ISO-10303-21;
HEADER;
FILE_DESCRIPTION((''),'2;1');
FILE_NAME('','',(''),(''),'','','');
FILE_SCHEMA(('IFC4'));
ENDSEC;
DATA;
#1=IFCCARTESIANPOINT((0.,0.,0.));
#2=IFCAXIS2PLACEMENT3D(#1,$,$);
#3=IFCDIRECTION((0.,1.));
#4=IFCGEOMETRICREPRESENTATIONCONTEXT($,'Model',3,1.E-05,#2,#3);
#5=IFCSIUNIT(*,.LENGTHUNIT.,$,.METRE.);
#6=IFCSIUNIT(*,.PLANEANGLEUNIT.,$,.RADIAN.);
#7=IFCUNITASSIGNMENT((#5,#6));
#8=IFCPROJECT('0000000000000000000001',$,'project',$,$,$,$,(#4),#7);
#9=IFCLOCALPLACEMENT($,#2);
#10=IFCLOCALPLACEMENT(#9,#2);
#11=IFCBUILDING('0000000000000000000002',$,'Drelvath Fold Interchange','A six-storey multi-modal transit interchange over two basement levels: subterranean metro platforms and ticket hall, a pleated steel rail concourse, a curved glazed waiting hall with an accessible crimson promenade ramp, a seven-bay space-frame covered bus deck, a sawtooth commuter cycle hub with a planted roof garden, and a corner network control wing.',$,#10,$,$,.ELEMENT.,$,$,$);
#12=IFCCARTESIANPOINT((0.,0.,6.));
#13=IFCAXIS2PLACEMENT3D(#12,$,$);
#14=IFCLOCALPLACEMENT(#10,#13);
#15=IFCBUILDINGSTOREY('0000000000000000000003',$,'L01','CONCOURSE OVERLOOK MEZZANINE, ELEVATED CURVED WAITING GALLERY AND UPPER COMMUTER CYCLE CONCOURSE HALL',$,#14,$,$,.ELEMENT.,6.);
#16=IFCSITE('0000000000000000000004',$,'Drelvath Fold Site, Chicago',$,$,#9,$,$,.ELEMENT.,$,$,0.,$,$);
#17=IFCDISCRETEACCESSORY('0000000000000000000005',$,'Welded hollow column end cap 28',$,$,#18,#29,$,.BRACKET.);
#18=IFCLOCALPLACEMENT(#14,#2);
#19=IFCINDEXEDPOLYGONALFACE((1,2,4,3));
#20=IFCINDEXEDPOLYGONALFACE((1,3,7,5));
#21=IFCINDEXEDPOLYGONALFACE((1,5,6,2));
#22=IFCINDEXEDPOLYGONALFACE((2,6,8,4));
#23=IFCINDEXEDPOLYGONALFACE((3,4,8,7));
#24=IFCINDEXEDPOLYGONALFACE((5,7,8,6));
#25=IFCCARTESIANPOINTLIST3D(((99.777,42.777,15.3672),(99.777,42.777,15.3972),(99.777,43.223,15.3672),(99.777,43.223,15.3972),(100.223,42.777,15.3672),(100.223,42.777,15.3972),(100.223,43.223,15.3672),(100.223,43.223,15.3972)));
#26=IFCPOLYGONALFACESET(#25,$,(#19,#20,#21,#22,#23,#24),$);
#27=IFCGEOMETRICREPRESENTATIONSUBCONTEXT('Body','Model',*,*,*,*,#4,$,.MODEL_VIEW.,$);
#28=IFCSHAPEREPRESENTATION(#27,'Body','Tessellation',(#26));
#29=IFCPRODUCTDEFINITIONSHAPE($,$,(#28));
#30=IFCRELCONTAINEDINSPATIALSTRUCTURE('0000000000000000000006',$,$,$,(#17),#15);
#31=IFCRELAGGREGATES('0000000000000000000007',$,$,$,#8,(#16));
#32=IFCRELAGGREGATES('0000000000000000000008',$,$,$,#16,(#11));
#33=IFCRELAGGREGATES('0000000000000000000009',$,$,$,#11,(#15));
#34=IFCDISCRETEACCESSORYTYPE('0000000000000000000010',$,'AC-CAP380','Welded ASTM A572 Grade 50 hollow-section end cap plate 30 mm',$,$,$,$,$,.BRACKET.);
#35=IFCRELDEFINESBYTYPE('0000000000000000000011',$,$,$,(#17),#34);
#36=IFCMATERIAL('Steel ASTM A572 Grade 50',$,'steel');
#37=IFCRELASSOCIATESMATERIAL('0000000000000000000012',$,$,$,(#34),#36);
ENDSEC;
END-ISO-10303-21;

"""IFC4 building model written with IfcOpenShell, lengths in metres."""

from ifc_helpers import new_model, si_unit, direction, frame, origin, origin_2d, place, context, subcontext, project, spatial, rectangle, extrude, material, type_object, element, save


model = new_model("IFC4")

# Units and contexts
model_context = context("Model", 3, precision=1e-05, world=origin(), true_north=direction((0.0, 1.0)))
body_context = subcontext(model_context, "Body", "Model", "MODEL_VIEW")
ifc_project = project(units=[si_unit("LENGTHUNIT", "METRE"), si_unit("PLANEANGLEUNIT", "RADIAN")], contexts=[model_context])

# Site, building, storey
site_placement = place(None, origin())
site = spatial("IfcSite", under=ifc_project, at=site_placement, Name="Drelvath Fold Site, Chicago", CompositionType="ELEMENT", RefElevation=0.0)
building_placement = place(site_placement, origin())
building = spatial("IfcBuilding", under=site, at=building_placement, Name="Drelvath Fold Interchange", Description="A six-storey multi-modal transit interchange over two basement levels: subterranean metro platforms and ticket hall, a pleated steel rail concourse, a curved glazed waiting hall with an accessible crimson promenade ramp, a seven-bay space-frame covered bus deck, a sawtooth commuter cycle hub with a planted roof garden, and a corner network control wing.", CompositionType="ELEMENT")
storey_placement = place(building_placement, frame((0.0, 0.0, 6.0)))
storey = spatial("IfcBuildingStorey", under=building, at=storey_placement, Name="L01", Description="CONCOURSE OVERLOOK MEZZANINE, ELEVATED CURVED WAITING GALLERY AND UPPER COMMUTER CYCLE CONCOURSE HALL", CompositionType="ELEMENT", Elevation=6.0)

# Discrete accessory
ifc_material_1 = material(Name="Steel ASTM A572 Grade 50", Category="steel")
discrete_accessory_type = type_object("IfcDiscreteAccessoryType", Name="AC-CAP380", Description="Welded ASTM A572 Grade 50 hollow-section end cap plate 30 mm", PredefinedType="BRACKET", material=ifc_material_1)
discrete_accessory_placement = place(storey_placement, frame((100.0, 43.0, 15.3672), z_axis=(0.0, 0.0, 1.0), x_axis=(1.0, 0.0, 0.0)))
element("IfcDiscreteAccessory", 1, at=discrete_accessory_placement, inside=storey, type_object=discrete_accessory_type, Name="Welded hollow column end cap 28", PredefinedType="BRACKET", context=body_context, shape_type="SweptSolid", body=[
    extrude(rectangle(XDim=0.446, YDim=0.446, at=origin_2d()), origin(), (0.0, 0.0, 1.0), 0.03),
])

save(model, "model.ifc")
